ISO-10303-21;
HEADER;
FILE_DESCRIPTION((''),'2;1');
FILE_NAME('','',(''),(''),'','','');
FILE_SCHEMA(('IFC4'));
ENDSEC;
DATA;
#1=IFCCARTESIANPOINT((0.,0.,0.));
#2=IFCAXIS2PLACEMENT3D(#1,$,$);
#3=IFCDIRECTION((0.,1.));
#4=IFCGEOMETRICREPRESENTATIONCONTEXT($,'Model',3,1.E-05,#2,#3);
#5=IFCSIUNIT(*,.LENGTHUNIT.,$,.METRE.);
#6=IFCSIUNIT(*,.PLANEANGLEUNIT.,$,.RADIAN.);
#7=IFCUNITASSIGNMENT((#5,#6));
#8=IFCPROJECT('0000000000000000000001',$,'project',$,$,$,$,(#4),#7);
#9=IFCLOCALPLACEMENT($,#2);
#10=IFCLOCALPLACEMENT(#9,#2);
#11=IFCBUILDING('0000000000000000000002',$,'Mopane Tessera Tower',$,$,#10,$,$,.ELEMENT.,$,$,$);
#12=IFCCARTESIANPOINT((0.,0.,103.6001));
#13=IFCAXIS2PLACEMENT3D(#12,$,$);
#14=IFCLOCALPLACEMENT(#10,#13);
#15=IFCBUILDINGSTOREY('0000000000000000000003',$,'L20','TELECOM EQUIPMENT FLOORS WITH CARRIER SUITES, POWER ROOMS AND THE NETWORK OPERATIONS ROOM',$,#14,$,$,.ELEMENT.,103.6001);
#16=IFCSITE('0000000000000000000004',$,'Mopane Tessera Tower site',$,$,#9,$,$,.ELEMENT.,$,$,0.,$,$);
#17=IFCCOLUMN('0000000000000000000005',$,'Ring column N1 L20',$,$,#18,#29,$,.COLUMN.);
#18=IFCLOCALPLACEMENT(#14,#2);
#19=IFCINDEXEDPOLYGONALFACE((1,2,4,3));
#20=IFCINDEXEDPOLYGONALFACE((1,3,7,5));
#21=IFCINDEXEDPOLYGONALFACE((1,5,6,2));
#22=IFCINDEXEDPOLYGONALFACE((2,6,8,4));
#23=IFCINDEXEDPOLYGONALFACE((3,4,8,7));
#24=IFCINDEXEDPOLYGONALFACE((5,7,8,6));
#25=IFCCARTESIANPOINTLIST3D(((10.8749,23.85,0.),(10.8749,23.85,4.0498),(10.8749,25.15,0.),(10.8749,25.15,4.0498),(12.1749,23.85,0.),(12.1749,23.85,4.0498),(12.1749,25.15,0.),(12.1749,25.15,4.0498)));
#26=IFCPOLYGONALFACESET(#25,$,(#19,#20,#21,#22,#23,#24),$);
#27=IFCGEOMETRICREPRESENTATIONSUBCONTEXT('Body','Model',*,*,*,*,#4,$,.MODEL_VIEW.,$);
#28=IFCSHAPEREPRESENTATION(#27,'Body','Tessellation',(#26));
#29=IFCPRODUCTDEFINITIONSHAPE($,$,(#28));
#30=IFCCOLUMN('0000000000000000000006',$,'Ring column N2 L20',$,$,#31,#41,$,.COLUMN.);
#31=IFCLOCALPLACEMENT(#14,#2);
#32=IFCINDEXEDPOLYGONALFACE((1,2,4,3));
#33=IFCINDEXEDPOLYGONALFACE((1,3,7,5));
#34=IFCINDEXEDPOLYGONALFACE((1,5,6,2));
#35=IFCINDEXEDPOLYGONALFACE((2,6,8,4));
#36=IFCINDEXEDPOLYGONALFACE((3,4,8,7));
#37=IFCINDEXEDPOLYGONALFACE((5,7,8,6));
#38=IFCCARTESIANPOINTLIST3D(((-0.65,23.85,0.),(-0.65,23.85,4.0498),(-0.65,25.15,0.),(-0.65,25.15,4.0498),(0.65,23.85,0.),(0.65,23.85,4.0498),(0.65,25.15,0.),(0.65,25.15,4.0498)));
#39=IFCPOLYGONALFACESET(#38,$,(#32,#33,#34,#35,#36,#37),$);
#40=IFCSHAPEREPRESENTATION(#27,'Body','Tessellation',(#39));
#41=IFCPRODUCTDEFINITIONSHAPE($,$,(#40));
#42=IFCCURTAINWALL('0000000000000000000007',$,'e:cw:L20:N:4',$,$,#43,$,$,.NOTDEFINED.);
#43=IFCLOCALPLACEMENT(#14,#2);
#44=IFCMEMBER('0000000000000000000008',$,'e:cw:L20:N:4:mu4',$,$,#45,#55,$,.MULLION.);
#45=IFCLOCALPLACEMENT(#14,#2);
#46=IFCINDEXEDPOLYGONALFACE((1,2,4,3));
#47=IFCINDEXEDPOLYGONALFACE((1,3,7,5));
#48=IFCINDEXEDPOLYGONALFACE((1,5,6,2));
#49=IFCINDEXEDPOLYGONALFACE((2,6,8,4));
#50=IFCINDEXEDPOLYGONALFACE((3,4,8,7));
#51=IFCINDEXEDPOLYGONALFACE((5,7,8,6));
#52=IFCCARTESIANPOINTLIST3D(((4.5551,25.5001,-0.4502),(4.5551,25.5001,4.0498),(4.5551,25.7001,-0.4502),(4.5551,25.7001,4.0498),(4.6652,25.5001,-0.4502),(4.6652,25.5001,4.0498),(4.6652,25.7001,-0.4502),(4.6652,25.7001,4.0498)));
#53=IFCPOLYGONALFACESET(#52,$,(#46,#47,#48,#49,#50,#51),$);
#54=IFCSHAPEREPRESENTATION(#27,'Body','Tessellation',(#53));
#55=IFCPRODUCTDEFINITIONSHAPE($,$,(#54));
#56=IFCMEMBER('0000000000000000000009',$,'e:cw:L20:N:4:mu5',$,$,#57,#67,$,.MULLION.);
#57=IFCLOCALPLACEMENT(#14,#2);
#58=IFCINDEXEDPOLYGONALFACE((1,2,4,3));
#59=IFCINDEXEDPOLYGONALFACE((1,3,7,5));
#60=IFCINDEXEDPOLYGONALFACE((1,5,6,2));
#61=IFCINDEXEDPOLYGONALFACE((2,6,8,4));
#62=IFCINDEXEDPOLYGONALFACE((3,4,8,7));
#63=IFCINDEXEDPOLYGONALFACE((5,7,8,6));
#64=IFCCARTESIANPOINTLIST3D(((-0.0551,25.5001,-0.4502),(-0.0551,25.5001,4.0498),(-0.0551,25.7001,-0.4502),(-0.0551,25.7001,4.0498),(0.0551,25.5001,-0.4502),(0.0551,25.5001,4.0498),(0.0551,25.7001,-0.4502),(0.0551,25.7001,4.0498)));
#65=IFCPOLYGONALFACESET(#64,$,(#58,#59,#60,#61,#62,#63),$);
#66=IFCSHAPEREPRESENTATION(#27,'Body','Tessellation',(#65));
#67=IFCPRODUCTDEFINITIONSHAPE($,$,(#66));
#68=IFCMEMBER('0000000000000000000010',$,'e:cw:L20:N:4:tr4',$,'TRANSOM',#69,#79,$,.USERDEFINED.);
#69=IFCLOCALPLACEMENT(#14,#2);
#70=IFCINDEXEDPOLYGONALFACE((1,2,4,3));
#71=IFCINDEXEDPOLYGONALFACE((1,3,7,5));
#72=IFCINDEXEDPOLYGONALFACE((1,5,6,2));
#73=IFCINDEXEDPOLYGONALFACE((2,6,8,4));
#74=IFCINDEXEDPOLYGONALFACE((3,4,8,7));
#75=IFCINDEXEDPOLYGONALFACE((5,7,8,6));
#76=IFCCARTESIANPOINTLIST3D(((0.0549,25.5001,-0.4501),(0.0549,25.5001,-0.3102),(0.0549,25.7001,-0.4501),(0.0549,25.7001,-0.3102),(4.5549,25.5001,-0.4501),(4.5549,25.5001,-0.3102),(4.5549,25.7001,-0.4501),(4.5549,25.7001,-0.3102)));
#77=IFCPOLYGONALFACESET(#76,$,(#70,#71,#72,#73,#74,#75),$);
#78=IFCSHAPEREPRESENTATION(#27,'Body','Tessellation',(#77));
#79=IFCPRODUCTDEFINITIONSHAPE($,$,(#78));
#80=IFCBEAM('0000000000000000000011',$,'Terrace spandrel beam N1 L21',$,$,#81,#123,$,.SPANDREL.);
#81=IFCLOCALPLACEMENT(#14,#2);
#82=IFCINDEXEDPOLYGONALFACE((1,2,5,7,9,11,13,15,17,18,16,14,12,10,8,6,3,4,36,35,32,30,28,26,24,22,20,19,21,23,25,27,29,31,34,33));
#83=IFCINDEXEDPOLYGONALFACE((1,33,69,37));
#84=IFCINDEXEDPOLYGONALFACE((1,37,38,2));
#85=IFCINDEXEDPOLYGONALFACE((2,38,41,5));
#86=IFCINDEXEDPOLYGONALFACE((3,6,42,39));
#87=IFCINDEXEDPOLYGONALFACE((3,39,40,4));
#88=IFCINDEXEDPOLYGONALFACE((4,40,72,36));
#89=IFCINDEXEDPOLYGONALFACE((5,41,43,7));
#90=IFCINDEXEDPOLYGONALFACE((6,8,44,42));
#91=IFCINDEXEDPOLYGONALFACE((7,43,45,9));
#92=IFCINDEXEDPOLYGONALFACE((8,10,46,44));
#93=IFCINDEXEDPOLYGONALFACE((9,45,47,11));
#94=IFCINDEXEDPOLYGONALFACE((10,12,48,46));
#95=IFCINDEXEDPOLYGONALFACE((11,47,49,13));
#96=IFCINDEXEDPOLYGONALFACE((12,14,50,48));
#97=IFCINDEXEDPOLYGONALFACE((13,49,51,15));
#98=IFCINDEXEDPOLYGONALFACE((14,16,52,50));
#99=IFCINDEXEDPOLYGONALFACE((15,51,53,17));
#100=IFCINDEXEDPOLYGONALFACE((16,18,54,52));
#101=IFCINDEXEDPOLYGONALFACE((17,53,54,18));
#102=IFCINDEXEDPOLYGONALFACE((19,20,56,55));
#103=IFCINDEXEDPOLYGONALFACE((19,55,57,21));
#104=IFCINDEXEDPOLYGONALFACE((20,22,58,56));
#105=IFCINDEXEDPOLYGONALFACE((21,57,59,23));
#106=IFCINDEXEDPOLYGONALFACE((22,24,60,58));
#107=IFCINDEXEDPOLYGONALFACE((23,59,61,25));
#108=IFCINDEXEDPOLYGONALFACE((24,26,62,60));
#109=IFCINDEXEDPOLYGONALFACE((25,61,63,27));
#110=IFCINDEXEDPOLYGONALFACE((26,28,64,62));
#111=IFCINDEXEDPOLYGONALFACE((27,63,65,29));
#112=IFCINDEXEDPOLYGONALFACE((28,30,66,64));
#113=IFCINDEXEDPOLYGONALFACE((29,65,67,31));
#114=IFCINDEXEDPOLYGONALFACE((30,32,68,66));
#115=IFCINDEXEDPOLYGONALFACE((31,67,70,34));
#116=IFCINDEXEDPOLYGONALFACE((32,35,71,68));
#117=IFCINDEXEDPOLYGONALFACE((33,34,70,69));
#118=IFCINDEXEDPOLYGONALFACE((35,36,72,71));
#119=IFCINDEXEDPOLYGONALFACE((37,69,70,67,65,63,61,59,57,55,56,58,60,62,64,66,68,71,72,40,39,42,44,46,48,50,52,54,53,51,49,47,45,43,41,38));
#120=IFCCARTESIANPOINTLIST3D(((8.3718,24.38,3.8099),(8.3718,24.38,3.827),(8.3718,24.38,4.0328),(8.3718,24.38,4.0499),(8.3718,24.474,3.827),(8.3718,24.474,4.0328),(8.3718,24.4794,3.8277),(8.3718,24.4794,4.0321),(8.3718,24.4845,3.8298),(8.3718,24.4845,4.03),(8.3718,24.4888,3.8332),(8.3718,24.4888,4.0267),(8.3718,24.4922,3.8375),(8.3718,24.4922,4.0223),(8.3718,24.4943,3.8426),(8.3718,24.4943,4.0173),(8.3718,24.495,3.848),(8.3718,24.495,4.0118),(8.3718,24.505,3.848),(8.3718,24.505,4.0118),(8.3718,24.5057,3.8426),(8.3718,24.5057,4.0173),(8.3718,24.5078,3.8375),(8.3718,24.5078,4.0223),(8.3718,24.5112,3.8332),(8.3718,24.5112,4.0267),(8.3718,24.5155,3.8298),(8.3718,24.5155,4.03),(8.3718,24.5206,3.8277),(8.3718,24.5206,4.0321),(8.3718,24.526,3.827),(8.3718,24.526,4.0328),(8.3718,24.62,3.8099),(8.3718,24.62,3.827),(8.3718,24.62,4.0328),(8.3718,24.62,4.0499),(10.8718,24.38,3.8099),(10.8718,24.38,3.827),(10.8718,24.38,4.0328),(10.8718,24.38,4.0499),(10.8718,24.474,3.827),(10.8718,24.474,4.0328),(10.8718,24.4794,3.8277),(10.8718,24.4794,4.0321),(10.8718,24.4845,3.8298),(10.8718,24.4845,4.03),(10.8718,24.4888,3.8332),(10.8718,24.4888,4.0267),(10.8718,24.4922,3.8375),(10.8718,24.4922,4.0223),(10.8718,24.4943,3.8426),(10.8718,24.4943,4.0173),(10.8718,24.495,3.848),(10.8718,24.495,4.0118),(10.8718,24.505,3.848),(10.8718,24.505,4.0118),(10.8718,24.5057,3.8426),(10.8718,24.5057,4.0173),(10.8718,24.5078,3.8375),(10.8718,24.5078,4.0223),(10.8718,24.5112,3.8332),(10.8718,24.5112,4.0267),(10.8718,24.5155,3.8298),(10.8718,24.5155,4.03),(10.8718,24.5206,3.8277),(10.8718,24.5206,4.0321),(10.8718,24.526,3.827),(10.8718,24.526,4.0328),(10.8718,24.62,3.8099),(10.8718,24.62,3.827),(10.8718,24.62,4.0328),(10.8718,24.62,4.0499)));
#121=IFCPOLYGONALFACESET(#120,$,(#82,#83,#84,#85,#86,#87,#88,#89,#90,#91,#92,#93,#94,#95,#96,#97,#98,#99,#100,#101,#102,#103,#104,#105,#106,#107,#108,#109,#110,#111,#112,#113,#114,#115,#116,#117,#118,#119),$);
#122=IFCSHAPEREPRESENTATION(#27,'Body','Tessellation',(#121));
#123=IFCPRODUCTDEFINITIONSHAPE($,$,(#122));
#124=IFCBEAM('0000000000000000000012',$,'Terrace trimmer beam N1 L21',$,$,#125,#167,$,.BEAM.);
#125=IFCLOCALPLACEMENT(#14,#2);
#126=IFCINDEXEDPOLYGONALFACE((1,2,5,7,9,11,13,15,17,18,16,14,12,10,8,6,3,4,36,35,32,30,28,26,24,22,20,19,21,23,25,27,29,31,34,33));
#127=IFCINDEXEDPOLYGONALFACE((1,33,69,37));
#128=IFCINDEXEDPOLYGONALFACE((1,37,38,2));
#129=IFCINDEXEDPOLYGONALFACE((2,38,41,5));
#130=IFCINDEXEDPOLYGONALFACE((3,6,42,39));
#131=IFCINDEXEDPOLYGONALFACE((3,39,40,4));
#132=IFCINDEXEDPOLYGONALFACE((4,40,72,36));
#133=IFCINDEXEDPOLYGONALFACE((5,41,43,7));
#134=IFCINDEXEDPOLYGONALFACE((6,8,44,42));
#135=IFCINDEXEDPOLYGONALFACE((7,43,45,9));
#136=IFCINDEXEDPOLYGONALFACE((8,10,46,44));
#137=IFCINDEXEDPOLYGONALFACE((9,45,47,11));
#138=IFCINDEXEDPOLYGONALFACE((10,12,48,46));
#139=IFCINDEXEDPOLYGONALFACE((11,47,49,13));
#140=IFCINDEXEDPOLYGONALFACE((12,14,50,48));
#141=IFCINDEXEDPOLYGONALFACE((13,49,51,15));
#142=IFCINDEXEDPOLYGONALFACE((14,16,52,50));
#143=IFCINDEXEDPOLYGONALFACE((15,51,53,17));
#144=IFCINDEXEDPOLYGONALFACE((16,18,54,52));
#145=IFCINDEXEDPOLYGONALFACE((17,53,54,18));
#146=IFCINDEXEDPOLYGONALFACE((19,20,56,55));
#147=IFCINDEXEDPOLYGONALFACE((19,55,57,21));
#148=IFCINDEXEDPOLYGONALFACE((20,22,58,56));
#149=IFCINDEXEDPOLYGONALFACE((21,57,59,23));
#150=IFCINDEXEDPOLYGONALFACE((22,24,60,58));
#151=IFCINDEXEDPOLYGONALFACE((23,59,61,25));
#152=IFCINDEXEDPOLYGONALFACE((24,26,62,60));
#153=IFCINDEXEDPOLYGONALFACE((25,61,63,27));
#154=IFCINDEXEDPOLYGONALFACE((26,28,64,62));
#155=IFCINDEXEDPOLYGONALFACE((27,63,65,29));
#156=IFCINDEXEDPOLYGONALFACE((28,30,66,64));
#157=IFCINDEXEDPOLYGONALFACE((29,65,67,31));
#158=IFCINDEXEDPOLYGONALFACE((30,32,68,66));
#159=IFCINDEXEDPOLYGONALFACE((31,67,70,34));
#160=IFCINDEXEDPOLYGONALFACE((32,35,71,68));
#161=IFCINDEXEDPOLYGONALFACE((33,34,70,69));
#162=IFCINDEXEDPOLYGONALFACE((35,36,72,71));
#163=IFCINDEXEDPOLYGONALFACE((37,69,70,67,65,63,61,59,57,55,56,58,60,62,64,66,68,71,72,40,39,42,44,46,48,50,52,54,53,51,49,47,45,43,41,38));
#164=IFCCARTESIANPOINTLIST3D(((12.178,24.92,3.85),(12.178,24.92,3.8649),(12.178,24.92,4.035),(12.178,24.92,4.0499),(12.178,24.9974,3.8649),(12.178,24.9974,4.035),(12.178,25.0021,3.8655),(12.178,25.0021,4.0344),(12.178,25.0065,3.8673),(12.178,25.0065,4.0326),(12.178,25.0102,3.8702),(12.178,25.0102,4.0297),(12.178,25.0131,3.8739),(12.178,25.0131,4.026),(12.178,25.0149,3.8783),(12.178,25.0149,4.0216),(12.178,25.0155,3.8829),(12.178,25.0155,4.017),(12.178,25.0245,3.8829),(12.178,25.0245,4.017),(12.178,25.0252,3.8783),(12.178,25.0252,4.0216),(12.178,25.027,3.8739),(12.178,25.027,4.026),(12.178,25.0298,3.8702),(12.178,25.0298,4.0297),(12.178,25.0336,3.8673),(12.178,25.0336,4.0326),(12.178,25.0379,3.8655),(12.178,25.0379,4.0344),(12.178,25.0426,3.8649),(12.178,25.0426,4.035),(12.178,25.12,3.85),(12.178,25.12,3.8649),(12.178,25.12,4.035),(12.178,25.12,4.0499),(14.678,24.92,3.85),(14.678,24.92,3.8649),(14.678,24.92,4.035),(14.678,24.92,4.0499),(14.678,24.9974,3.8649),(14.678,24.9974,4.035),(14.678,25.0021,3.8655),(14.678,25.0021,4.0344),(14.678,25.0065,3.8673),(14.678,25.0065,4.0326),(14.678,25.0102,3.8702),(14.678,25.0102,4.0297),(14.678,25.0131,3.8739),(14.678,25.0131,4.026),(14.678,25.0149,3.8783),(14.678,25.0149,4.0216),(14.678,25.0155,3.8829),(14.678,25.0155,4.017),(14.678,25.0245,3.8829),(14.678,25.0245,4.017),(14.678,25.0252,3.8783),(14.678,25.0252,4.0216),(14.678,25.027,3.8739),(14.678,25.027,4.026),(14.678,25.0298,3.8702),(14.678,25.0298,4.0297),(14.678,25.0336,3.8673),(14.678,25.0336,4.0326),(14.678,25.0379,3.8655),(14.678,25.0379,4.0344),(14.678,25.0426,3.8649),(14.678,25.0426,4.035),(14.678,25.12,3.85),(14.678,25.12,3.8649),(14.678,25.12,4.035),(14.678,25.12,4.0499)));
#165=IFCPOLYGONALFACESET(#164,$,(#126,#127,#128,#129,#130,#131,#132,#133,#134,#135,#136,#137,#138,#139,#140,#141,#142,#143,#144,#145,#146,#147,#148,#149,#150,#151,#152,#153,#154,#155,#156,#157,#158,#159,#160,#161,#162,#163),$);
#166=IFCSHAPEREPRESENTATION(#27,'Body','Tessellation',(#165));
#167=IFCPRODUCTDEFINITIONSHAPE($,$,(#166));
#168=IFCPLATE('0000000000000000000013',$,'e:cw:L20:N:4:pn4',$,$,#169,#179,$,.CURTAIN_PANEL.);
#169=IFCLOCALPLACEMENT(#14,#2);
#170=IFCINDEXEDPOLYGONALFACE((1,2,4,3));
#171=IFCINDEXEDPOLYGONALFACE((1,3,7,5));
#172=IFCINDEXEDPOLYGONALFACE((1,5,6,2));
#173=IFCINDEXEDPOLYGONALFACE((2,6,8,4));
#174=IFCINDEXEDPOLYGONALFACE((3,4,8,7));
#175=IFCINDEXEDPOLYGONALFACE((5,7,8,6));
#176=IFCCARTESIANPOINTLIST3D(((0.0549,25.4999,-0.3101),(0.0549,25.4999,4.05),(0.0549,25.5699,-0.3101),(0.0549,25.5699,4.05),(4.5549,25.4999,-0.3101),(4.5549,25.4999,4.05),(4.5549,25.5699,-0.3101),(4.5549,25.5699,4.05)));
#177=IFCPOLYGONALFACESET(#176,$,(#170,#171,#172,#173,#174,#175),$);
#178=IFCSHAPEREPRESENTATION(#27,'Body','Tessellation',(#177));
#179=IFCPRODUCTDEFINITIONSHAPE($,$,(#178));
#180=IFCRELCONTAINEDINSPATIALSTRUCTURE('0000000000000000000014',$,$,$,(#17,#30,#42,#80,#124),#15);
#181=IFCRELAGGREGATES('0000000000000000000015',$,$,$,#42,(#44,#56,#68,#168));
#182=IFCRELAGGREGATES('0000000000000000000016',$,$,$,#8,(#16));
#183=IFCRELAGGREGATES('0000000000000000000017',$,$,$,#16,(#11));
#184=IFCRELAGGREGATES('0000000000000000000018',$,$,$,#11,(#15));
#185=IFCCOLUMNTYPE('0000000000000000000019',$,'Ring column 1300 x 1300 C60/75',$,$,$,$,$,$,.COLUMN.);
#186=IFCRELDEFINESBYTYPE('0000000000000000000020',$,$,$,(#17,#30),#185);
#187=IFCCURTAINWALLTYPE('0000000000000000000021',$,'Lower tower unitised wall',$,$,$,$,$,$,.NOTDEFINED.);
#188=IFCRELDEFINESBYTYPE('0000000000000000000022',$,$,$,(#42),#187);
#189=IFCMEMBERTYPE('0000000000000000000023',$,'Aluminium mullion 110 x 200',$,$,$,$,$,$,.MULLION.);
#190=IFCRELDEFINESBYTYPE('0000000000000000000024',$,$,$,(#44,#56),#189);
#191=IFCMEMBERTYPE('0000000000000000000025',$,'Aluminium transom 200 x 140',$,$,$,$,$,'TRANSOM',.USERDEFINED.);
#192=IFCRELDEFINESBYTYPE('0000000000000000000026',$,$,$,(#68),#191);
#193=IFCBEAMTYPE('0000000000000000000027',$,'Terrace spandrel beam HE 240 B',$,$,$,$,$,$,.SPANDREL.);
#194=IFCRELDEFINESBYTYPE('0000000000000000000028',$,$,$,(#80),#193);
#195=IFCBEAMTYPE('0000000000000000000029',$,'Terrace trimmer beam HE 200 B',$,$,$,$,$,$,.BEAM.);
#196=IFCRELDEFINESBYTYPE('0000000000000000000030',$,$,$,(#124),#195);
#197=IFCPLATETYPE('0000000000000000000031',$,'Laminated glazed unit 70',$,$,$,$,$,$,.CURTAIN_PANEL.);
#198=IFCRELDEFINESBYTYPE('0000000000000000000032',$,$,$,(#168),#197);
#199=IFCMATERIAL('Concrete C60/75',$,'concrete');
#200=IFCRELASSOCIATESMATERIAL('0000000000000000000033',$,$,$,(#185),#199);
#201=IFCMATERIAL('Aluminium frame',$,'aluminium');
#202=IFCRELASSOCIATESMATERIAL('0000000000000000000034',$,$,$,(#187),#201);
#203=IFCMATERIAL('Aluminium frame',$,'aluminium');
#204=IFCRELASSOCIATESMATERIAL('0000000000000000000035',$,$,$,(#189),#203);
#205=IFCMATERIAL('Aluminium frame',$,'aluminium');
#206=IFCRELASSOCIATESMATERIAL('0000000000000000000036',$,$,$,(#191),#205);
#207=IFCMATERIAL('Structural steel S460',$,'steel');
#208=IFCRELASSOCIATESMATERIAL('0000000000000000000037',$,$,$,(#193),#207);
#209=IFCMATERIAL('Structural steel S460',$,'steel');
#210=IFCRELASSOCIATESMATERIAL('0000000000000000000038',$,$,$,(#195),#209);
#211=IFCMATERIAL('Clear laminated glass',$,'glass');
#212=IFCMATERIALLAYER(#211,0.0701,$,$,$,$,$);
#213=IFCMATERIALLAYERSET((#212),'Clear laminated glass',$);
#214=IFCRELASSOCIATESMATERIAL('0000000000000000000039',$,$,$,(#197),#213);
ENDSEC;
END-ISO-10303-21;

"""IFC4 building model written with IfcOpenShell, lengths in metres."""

from ifc_helpers import new_model, si_unit, direction, frame, origin, origin_2d, place, context, subcontext, project, spatial, rectangle, i_section, extrude, material, layer, layer_set, material_profile, profile_set, type_object, element, aggregate, save


model = new_model("IFC4")

# Units and contexts
model_context = context("Model", 3, precision=1e-05, world=origin(), true_north=direction((0.0, 1.0)))
body_context = subcontext(model_context, "Body", "Model", "MODEL_VIEW")
ifc_project = project(units=[si_unit("LENGTHUNIT", "METRE"), si_unit("PLANEANGLEUNIT", "RADIAN")], contexts=[model_context])

# Site, building, storey
site_placement = place(None, origin())
site = spatial("IfcSite", under=ifc_project, at=site_placement, Name="Mopane Tessera Tower site", CompositionType="ELEMENT", RefElevation=0.0)
building_placement = place(site_placement, origin())
building = spatial("IfcBuilding", under=site, at=building_placement, Name="Mopane Tessera Tower", CompositionType="ELEMENT")
storey_placement = place(building_placement, frame((0.0, 0.0, 103.6001)))
storey = spatial("IfcBuildingStorey", under=building, at=storey_placement, Name="L20", Description="TELECOM EQUIPMENT FLOORS WITH CARRIER SUITES, POWER ROOMS AND THE NETWORK OPERATIONS ROOM", CompositionType="ELEMENT", Elevation=103.6001)

# Columns
ifc_material_1 = material(Name="Concrete C60/75", Category="concrete")
ifc_material_profile_1 = material_profile(ifc_material_1, rectangle(XDim=1.3, YDim=1.3, at=origin_2d()))
ifc_profile_set_1 = profile_set([ifc_material_profile_1], Name="Concrete C60/75")
column_type = type_object("IfcColumnType", Name="Ring column 1300 x 1300 C60/75", PredefinedType="COLUMN", material=ifc_profile_set_1)
for number, where, z_axis, x_axis, name in (
    (1, (11.5249, 24.5, 0.0), (0.0, 0.0, 1.0), (1.0, 0.0, 0.0), "Ring column N1 L20"),
    (2, (0.0, 24.5, 0.0), (0.0, 0.0, 1.0), (1.0, 0.0, 0.0), "Ring column N2 L20"),
):
    element("IfcColumn", number, at=place(storey_placement, frame(where, z_axis=z_axis, x_axis=x_axis)), inside=storey, type_object=column_type, Name=name, PredefinedType="COLUMN", context=body_context, shape_type="SweptSolid", body=[
        extrude(rectangle(XDim=1.3, YDim=1.3, at=origin_2d()), origin(), (0.0, 0.0, 1.0), 4.0498),
    ])

# Curtain wall, members
ifc_material_2 = material(Name="Aluminium frame", Category="aluminium")
curtain_wall_type = type_object("IfcCurtainWallType", Name="Lower tower unitised wall", PredefinedType="NOTDEFINED", material=ifc_material_2)
curtain_wall_placement = place(storey_placement, origin())
curtain_wall = element("IfcCurtainWall", 3, at=curtain_wall_placement, inside=storey, type_object=curtain_wall_type, Name="e:cw:L20:N:4", PredefinedType="NOTDEFINED")
ifc_material_3 = material(Name="Aluminium frame", Category="aluminium")
ifc_material_profile_2 = material_profile(ifc_material_3, rectangle(XDim=0.1101, YDim=0.2, at=origin_2d()))
ifc_profile_set_2 = profile_set([ifc_material_profile_2], Name="Aluminium frame")
member_type_1 = type_object("IfcMemberType", Name="Aluminium mullion 110 x 200", PredefinedType="MULLION", material=ifc_profile_set_2)
member_1_placement = place(storey_placement, frame((4.6101, 25.6001, -0.4502), z_axis=(0.0, 0.0, 1.0), x_axis=(-1.0, 0.0, 0.0)))
member_1 = element("IfcMember", 4, at=member_1_placement, type_object=member_type_1, Name="e:cw:L20:N:4:mu4", PredefinedType="MULLION", context=body_context, shape_type="SweptSolid", body=[
    extrude(rectangle(XDim=0.1101, YDim=0.2, at=origin_2d()), origin(), (0.0, 0.0, 1.0), 4.5),
])
member_2_placement = place(storey_placement, frame((0.0, 25.6001, -0.4502), z_axis=(0.0, 0.0, 1.0), x_axis=(-1.0, 0.0, 0.0)))
member_2 = element("IfcMember", 5, at=member_2_placement, type_object=member_type_1, Name="e:cw:L20:N:4:mu5", PredefinedType="MULLION", context=body_context, shape_type="SweptSolid", body=[
    extrude(rectangle(XDim=0.1101, YDim=0.2, at=origin_2d()), origin(), (0.0, 0.0, 1.0), 4.5),
])
ifc_material_4 = material(Name="Aluminium frame", Category="aluminium")
ifc_material_profile_3 = material_profile(ifc_material_4, rectangle(XDim=0.2, YDim=0.1399, at=origin_2d()))
ifc_profile_set_3 = profile_set([ifc_material_profile_3], Name="Aluminium frame")
member_type_2 = type_object("IfcMemberType", Name="Aluminium transom 200 x 140", ElementType="TRANSOM", PredefinedType="USERDEFINED", material=ifc_profile_set_3)
member_3_placement = place(storey_placement, frame((4.5549, 25.6001, -0.3801), z_axis=(-1.0, 0.0, 0.0), x_axis=(0.0, -1.0, 0.0)))
member_3 = element("IfcMember", 6, at=member_3_placement, type_object=member_type_2, Name="e:cw:L20:N:4:tr4", ObjectType="TRANSOM", PredefinedType="USERDEFINED", context=body_context, shape_type="SweptSolid", body=[
    extrude(rectangle(XDim=0.2, YDim=0.1399, at=origin_2d()), origin(), (0.0, 0.0, 1.0), 4.5),
])

# Beams
ifc_material_5 = material(Name="Structural steel S460", Category="steel")
ifc_material_profile_4 = material_profile(ifc_material_5, i_section(OverallWidth=0.24, OverallDepth=0.24, WebThickness=0.01, FlangeThickness=0.0171, FilletRadius=0.021, at=origin_2d()))
ifc_profile_set_4 = profile_set([ifc_material_profile_4], Name="Structural steel S460")
beam_type_1 = type_object("IfcBeamType", Name="Terrace spandrel beam HE 240 B", PredefinedType="SPANDREL", material=ifc_profile_set_4)
beam_1_placement = place(storey_placement, frame((10.8718, 24.5, 3.9299), z_axis=(-1.0, 0.0, 0.0), x_axis=(0.0, -1.0, 0.0)))
element("IfcBeam", 7, at=beam_1_placement, inside=storey, type_object=beam_type_1, Name="Terrace spandrel beam N1 L21", PredefinedType="SPANDREL", context=body_context, shape_type="SweptSolid", body=[
    extrude(i_section(OverallWidth=0.24, OverallDepth=0.24, WebThickness=0.01, FlangeThickness=0.0171, FilletRadius=0.021, at=origin_2d()), origin(), (0.0, 0.0, 1.0), 2.5),
])
ifc_material_6 = material(Name="Structural steel S460", Category="steel")
ifc_material_profile_5 = material_profile(ifc_material_6, i_section(OverallWidth=0.2, OverallDepth=0.2, WebThickness=0.009, FlangeThickness=0.0149, FilletRadius=0.0181, at=origin_2d()))
ifc_profile_set_5 = profile_set([ifc_material_profile_5], Name="Structural steel S460")
beam_type_2 = type_object("IfcBeamType", Name="Terrace trimmer beam HE 200 B", PredefinedType="BEAM", material=ifc_profile_set_5)
beam_2_placement = place(storey_placement, frame((12.178, 25.02, 3.95), z_axis=(1.0, 0.0, 0.0), x_axis=(0.0, 1.0, 0.0)))
element("IfcBeam", 8, at=beam_2_placement, inside=storey, type_object=beam_type_2, Name="Terrace trimmer beam N1 L21", PredefinedType="BEAM", context=body_context, shape_type="SweptSolid", body=[
    extrude(i_section(OverallWidth=0.2, OverallDepth=0.2, WebThickness=0.009, FlangeThickness=0.0149, FilletRadius=0.0181, at=origin_2d()), origin(), (0.0, 0.0, 1.0), 2.5),
])

# Plate
ifc_material_7 = material(Name="Clear laminated glass", Category="glass")
ifc_layer_1 = layer(ifc_material_7, 0.0701)
ifc_layer_set_1 = layer_set([ifc_layer_1], Name="Clear laminated glass")
plate_type = type_object("IfcPlateType", Name="Laminated glazed unit 70", PredefinedType="CURTAIN_PANEL", material=ifc_layer_set_1)
plate_placement = place(storey_placement, frame((2.3049, 25.5349, -0.3101), z_axis=(0.0, 0.0, 1.0), x_axis=(-1.0, 0.0, 0.0)))
plate = element("IfcPlate", 9, at=plate_placement, type_object=plate_type, Name="e:cw:L20:N:4:pn4", PredefinedType="CURTAIN_PANEL", context=body_context, shape_type="SweptSolid", body=[
    extrude(rectangle(XDim=4.5, YDim=0.0701, at=origin_2d()), origin(), (0.0, 0.0, 1.0), 4.3601),
])
aggregate(curtain_wall, [member_1, member_2, member_3, plate])

save(model, "model.ifc")
